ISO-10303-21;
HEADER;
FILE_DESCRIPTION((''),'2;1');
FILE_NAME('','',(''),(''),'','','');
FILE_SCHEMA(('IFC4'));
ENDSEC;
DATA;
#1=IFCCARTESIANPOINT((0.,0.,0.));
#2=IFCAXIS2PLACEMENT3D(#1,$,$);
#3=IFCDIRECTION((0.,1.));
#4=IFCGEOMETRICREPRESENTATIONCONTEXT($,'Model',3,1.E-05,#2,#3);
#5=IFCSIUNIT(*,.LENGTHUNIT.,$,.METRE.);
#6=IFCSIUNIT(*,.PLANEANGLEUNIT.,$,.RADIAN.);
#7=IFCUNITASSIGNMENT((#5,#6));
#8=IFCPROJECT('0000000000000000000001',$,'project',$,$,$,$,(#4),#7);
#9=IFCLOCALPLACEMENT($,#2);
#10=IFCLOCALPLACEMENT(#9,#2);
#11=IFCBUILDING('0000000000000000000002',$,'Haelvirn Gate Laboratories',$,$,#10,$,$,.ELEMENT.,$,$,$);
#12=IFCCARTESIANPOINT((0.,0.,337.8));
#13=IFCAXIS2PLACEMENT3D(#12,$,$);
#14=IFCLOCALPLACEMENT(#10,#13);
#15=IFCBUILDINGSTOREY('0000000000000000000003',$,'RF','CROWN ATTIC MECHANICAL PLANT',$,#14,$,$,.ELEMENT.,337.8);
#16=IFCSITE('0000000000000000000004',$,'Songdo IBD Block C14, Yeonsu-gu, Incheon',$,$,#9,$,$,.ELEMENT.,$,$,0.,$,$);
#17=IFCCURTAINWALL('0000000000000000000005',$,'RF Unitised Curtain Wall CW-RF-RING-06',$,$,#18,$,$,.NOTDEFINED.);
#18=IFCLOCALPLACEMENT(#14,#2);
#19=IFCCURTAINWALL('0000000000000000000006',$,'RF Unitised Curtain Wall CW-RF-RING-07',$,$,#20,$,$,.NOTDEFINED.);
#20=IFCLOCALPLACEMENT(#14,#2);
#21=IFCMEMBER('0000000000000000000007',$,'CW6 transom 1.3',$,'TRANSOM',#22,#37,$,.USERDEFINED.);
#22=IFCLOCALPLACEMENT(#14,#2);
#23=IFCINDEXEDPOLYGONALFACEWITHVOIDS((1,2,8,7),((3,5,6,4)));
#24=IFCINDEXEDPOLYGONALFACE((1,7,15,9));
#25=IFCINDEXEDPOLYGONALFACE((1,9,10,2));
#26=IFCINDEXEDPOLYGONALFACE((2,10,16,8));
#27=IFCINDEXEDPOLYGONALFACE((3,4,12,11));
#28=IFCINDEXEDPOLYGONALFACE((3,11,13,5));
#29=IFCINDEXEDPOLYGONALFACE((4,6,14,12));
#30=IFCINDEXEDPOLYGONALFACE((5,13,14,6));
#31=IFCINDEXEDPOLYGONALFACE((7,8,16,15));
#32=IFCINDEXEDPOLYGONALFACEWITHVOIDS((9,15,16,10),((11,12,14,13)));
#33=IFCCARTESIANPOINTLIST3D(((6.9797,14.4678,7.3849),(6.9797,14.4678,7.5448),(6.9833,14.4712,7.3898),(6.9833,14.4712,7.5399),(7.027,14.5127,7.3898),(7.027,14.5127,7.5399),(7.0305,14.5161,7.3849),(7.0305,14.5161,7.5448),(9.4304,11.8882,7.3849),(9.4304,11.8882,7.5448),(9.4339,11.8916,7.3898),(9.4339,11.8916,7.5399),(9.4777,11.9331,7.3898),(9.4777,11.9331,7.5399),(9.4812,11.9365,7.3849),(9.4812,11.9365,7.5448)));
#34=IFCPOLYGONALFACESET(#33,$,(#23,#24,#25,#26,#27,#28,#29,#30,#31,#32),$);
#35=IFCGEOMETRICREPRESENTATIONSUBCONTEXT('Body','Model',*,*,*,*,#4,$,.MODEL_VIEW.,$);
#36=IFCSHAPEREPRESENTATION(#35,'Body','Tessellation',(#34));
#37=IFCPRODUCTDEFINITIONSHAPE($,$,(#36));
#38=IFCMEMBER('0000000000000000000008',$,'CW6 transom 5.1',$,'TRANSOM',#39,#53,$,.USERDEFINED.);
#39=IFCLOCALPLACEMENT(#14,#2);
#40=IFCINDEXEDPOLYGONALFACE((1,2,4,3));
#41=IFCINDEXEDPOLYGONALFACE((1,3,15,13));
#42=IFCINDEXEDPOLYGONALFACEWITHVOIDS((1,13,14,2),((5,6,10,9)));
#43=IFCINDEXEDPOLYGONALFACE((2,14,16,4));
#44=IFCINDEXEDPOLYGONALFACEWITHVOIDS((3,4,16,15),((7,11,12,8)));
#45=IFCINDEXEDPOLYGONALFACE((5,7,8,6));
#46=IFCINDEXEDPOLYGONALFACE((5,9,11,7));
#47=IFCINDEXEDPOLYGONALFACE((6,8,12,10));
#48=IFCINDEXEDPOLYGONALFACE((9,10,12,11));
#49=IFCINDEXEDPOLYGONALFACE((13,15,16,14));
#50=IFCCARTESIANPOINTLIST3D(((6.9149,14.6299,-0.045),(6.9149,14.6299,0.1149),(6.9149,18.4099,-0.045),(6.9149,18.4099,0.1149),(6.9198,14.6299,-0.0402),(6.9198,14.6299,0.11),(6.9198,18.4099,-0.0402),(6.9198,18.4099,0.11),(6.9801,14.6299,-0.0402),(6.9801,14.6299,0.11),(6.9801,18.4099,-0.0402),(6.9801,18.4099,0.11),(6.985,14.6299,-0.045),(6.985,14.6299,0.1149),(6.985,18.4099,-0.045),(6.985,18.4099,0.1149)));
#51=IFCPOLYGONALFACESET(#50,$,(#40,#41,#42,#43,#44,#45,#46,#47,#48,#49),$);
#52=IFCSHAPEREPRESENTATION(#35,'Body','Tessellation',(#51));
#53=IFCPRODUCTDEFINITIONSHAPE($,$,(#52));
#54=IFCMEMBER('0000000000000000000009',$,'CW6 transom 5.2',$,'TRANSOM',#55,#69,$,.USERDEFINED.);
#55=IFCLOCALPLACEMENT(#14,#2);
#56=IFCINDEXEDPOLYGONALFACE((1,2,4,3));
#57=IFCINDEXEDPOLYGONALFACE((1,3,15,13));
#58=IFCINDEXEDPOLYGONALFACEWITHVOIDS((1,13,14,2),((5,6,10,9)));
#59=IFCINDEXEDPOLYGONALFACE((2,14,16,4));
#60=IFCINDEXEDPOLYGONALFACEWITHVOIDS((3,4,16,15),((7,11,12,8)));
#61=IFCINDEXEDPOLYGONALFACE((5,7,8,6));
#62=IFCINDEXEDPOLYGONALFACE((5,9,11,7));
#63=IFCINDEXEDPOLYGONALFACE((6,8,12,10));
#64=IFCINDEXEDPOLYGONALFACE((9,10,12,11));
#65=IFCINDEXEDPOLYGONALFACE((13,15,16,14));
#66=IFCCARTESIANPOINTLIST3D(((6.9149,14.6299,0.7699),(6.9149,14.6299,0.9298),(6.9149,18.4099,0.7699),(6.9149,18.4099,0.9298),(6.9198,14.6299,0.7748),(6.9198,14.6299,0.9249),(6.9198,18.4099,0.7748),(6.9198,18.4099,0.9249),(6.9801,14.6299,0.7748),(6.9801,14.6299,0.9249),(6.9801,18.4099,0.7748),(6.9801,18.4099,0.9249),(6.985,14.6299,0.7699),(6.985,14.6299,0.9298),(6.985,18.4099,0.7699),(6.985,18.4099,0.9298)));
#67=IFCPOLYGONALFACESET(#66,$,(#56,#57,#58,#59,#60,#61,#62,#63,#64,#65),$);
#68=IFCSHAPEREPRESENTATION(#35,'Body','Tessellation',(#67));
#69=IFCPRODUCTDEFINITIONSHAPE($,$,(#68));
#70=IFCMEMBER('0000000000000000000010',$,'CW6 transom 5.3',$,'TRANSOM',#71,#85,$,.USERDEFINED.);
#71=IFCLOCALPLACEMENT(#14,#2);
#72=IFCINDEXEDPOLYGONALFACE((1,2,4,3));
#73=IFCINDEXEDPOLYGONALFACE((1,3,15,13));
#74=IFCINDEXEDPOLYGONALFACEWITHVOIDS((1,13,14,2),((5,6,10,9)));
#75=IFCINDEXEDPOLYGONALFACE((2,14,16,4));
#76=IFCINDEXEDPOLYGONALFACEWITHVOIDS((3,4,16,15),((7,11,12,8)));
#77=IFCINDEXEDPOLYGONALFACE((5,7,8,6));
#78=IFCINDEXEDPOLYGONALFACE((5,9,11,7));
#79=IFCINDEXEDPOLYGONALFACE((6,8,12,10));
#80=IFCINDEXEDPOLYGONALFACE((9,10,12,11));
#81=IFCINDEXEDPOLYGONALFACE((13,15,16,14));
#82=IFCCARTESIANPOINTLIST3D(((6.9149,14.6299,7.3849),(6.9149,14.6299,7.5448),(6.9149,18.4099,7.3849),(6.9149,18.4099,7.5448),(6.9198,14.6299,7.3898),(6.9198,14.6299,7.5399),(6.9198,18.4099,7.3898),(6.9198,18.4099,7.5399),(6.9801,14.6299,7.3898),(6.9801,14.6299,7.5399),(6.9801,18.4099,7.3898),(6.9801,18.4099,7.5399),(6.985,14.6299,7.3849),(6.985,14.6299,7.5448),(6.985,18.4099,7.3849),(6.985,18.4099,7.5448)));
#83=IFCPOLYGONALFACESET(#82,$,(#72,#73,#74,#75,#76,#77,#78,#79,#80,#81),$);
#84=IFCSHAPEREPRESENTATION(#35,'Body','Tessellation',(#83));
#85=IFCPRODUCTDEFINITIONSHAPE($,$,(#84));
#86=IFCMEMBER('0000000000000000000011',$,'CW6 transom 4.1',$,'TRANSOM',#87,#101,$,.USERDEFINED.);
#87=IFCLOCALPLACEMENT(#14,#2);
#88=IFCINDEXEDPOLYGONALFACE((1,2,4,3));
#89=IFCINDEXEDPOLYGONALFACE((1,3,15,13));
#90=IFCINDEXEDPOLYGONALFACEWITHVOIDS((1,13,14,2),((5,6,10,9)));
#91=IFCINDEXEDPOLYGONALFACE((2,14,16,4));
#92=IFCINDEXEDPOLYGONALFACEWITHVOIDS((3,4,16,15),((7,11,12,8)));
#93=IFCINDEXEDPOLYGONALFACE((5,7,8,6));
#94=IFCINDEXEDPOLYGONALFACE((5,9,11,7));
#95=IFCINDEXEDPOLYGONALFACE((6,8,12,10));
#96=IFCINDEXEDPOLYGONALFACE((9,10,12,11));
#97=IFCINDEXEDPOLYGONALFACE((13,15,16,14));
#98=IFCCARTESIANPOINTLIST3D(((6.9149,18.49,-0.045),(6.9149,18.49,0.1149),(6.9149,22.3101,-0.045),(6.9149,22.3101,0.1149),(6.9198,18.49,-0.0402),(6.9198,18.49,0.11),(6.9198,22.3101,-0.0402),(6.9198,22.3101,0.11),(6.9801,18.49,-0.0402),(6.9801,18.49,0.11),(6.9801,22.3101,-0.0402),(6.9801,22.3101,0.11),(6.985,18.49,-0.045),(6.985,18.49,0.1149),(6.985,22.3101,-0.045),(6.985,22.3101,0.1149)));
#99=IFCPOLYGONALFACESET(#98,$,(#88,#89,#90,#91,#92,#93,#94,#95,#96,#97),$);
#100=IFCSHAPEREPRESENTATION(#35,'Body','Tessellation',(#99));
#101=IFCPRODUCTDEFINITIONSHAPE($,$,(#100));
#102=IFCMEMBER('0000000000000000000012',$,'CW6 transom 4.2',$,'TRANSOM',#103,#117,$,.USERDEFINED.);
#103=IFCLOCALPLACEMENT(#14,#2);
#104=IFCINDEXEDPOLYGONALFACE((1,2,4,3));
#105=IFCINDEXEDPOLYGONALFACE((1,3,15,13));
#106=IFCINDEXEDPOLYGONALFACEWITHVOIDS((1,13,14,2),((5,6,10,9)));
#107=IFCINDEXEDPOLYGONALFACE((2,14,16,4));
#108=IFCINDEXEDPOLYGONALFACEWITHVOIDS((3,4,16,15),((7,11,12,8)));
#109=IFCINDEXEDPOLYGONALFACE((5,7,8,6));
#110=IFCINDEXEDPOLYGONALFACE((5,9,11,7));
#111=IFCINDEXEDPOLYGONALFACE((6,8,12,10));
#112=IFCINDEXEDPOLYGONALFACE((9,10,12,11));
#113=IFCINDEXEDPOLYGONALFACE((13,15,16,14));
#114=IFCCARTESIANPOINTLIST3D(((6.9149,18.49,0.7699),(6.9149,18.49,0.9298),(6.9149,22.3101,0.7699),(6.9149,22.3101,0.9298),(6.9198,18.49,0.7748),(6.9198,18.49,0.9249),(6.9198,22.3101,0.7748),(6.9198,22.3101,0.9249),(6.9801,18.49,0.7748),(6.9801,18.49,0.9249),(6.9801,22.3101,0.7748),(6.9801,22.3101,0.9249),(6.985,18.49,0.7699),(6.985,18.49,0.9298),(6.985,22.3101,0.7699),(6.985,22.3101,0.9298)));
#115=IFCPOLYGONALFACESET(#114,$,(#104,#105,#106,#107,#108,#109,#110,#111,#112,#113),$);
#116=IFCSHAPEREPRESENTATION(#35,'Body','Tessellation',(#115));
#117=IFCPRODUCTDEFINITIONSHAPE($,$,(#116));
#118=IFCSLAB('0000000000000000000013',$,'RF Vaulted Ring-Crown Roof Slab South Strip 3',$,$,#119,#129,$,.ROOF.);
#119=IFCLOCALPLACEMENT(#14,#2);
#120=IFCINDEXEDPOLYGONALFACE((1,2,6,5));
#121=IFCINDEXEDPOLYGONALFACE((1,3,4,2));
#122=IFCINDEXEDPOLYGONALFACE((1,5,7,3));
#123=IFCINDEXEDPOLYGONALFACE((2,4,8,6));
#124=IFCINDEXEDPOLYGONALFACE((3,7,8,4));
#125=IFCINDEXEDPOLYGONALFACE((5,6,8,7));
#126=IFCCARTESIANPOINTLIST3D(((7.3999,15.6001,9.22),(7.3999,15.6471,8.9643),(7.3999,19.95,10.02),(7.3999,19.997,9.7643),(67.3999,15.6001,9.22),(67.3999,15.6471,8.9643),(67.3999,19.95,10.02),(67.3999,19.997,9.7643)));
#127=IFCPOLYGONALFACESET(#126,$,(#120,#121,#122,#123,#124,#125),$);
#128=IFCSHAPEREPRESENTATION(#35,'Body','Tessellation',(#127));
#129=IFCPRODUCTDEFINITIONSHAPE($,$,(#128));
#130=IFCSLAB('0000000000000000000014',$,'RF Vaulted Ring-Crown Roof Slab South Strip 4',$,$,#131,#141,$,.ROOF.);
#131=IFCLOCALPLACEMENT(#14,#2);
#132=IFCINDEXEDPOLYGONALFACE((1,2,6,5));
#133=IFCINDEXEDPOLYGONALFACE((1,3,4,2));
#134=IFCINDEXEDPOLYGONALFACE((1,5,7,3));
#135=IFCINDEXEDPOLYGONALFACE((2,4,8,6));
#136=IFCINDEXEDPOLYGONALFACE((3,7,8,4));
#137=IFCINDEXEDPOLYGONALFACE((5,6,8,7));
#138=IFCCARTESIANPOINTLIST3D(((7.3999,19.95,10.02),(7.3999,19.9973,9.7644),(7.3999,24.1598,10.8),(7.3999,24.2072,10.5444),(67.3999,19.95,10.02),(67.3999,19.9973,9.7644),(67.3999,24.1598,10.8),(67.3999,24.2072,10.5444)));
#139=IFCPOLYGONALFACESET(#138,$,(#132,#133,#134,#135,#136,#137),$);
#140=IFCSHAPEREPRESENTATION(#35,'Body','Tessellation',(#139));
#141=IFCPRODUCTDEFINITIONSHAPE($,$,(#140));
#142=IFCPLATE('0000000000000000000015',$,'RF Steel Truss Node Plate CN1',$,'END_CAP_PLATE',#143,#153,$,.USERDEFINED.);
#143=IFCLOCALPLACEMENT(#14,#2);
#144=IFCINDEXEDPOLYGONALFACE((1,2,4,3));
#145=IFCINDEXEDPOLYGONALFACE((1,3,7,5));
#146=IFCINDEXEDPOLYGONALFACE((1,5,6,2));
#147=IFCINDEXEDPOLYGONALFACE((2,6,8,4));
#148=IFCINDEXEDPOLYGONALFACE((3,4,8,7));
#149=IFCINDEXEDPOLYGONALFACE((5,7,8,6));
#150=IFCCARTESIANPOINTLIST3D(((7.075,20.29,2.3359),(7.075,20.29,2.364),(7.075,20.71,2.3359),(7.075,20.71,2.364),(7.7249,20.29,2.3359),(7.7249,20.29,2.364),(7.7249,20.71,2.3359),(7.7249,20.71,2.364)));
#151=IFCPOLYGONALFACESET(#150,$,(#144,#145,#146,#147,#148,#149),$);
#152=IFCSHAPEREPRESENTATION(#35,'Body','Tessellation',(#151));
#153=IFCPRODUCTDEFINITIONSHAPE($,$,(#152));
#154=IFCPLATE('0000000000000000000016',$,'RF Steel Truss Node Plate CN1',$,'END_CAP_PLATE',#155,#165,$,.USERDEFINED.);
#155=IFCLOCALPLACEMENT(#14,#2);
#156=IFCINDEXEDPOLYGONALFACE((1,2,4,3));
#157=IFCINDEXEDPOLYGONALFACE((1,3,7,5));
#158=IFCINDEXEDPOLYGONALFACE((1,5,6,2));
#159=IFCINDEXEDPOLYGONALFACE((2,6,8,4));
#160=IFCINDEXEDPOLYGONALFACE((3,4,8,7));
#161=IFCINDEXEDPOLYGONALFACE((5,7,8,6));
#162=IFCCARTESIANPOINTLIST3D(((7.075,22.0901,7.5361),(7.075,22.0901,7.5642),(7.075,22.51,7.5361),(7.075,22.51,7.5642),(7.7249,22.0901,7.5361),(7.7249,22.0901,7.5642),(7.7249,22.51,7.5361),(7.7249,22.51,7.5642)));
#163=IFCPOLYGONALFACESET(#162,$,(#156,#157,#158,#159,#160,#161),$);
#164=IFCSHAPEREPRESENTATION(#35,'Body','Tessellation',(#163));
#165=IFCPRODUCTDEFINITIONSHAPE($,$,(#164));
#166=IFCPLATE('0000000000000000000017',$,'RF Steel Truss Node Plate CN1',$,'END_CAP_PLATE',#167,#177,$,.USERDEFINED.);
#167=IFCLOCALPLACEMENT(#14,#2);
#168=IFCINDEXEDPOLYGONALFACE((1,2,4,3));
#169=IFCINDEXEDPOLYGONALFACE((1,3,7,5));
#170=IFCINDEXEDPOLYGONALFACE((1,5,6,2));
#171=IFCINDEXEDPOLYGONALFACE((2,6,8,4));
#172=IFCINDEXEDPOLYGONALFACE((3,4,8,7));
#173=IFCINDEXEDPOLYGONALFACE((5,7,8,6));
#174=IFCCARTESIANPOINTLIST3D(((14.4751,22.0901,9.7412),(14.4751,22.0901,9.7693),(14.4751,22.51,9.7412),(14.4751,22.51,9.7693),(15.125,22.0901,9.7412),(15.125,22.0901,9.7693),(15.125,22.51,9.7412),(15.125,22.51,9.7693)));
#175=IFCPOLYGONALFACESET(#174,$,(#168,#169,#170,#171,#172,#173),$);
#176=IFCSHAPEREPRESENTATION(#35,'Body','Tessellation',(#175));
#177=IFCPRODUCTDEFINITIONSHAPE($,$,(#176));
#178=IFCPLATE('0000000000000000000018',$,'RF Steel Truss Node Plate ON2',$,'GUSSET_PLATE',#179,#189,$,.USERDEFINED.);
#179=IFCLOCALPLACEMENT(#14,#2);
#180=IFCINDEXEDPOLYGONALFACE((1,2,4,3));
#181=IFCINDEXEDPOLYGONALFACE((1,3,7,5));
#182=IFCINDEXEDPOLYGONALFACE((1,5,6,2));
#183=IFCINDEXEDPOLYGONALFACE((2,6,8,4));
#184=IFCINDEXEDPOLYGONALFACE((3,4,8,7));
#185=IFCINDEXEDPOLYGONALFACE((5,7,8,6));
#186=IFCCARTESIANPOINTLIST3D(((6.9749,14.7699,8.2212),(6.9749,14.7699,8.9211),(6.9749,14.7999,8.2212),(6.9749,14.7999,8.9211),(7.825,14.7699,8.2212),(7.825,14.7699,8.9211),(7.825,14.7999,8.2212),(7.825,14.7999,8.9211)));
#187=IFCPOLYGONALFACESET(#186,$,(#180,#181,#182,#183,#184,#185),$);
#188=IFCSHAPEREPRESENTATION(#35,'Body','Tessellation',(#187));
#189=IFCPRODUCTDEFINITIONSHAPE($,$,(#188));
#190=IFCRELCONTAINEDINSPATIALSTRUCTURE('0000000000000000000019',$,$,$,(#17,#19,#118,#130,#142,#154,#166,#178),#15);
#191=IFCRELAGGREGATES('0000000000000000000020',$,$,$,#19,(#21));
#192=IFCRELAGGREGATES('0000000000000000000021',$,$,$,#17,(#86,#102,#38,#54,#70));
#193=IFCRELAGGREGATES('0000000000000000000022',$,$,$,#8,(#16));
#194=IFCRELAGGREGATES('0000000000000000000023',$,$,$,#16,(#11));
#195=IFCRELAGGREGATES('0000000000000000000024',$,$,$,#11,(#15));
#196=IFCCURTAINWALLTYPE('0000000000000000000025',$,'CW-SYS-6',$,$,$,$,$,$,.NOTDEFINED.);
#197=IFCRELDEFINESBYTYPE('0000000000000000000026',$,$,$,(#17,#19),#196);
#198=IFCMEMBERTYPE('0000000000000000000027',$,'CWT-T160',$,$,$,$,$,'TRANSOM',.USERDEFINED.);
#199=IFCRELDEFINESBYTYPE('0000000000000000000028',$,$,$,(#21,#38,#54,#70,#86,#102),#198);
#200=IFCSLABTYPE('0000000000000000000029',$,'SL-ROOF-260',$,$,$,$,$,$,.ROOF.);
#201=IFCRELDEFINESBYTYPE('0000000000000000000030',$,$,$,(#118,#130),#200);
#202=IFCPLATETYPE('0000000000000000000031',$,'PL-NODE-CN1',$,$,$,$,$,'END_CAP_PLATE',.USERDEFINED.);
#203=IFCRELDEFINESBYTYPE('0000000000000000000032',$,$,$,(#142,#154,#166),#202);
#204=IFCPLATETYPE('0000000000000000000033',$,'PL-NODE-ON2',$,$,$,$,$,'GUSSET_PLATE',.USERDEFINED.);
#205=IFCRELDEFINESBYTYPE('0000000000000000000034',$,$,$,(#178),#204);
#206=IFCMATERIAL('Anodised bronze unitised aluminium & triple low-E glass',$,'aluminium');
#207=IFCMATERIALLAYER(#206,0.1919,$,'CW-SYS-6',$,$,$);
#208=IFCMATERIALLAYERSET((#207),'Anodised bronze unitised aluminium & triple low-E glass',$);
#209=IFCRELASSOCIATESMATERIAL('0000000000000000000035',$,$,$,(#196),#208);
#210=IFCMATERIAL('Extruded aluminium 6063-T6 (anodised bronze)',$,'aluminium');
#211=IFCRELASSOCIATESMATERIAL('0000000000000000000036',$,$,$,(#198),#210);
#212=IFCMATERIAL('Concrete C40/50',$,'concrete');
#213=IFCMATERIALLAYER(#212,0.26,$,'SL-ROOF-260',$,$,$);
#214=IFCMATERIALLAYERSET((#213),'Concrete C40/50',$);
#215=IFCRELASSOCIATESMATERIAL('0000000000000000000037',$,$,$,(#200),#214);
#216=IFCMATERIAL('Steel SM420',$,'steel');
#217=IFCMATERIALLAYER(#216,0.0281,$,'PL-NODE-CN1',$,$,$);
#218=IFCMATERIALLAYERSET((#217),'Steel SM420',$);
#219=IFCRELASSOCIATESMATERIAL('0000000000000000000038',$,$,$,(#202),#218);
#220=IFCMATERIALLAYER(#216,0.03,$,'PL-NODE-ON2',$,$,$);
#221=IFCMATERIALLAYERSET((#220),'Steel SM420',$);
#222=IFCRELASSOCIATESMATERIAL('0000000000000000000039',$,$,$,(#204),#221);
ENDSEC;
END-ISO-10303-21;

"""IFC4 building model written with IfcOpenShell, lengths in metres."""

from ifc_helpers import new_model, si_unit, direction, frame, origin, origin_2d, place, context, subcontext, project, spatial, polyline, rectangle, hollow_rectangle, outline, extrude, source, transform, mapped, material, layer, layer_set, material_profile, profile_set, type_object, type_shapes, element, aggregate, save


model = new_model("IFC4")

# Units and contexts
model_context = context("Model", 3, precision=1e-05, world=origin(), true_north=direction((0.0, 1.0)))
body_context = subcontext(model_context, "Body", "Model", "MODEL_VIEW")
ifc_project = project(units=[si_unit("LENGTHUNIT", "METRE"), si_unit("PLANEANGLEUNIT", "RADIAN")], contexts=[model_context])

# Site, building, storey
site_placement = place(None, origin())
site = spatial("IfcSite", under=ifc_project, at=site_placement, Name="Songdo IBD Block C14, Yeonsu-gu, Incheon", CompositionType="ELEMENT", RefElevation=0.0)
building_placement = place(site_placement, origin())
building = spatial("IfcBuilding", under=site, at=building_placement, Name="Haelvirn Gate Laboratories", CompositionType="ELEMENT")
storey_placement = place(building_placement, frame((0.0, 0.0, 337.8)))
storey = spatial("IfcBuildingStorey", under=building, at=storey_placement, Name="RF", Description="CROWN ATTIC MECHANICAL PLANT", CompositionType="ELEMENT", Elevation=337.8)

# Shared definitions
ifc_material_1 = material(Name="Steel SM420", Category="steel")

# Curtain walls, member
ifc_material_2 = material(Name="Anodised bronze unitised aluminium & triple low-E glass", Category="aluminium")
ifc_layer_1 = layer(ifc_material_2, 0.1919, Name="CW-SYS-6")
ifc_layer_set_1 = layer_set([ifc_layer_1], Name="Anodised bronze unitised aluminium & triple low-E glass")
curtain_wall_type = type_object("IfcCurtainWallType", Name="CW-SYS-6", PredefinedType="NOTDEFINED", material=ifc_layer_set_1)
curtain_wall_1_placement = place(storey_placement, origin())
curtain_wall_1 = element("IfcCurtainWall", 1, at=curtain_wall_1_placement, inside=storey, type_object=curtain_wall_type, Name="RF Unitised Curtain Wall CW-RF-RING-06", PredefinedType="NOTDEFINED")
ifc_material_3 = material(Name="Extruded aluminium 6063-T6 (anodised bronze)", Category="aluminium")
curtain_wall_2_placement = place(storey_placement, origin())
curtain_wall_2 = element("IfcCurtainWall", 2, at=curtain_wall_2_placement, inside=storey, type_object=curtain_wall_type, Name="RF Unitised Curtain Wall CW-RF-RING-07", PredefinedType="NOTDEFINED")
ifc_material_profile_1 = material_profile(ifc_material_3, hollow_rectangle(XDim=0.0701, YDim=0.1599, WallThickness=0.0049, at=origin_2d()), Name="CWT-160x70x5")
ifc_profile_set_1 = profile_set([ifc_material_profile_1], Name="Extruded aluminium 6063-T6 (anodised bronze)")
member_type_1 = type_object("IfcMemberType", Name="CWT-T160", ElementType="TRANSOM", PredefinedType="USERDEFINED", material=ifc_profile_set_1)
shared_shape_1 = source(origin(), body_context, "Body", "SweptSolid", [
    extrude(hollow_rectangle(XDim=0.0701, YDim=0.1599, WallThickness=0.0049, at=origin_2d()), origin(), (0.0, 0.0, 1.0), 3.5581),
])
member_1_placement = place(storey_placement, frame((7.0051, 14.4919, 7.4648), z_axis=(0.68876, -0.724989, 0.0), x_axis=(0.724989, 0.68876, 0.0)))
member_1 = element("IfcMember", 3, at=member_1_placement, type_object=member_type_1, Name="CW6 transom 1.3", ObjectType="TRANSOM", PredefinedType="USERDEFINED", context=body_context, shape_type="MappedRepresentation", body=[
    mapped(shared_shape_1, transform((0.0, 0.0, 0.0), scale=1.0)),
])
aggregate(curtain_wall_2, [member_1])

# Members
shared_shape_2 = source(origin(), body_context, "Body", "SweptSolid", [
    extrude(hollow_rectangle(XDim=0.0701, YDim=0.1599, WallThickness=0.0049, at=origin_2d()), origin(), (0.0, 0.0, 1.0), 3.78),
])
member_2_placement = place(storey_placement, frame((6.95, 18.4099, 0.0349), z_axis=(0.0, -1.0, 0.0), x_axis=(1.0, 0.0, 0.0)))
member_2 = element("IfcMember", 4, at=member_2_placement, type_object=member_type_1, Name="CW6 transom 5.1", ObjectType="TRANSOM", PredefinedType="USERDEFINED", context=body_context, shape_type="MappedRepresentation", body=[
    mapped(shared_shape_2, transform((0.0, 0.0, 0.0), scale=1.0)),
])
member_3_placement = place(storey_placement, frame((6.95, 18.4099, 0.8499), z_axis=(0.0, -1.0, 0.0), x_axis=(1.0, 0.0, 0.0)))
member_3 = element("IfcMember", 5, at=member_3_placement, type_object=member_type_1, Name="CW6 transom 5.2", ObjectType="TRANSOM", PredefinedType="USERDEFINED", context=body_context, shape_type="MappedRepresentation", body=[
    mapped(shared_shape_2, transform((0.0, 0.0, 0.0), scale=1.0)),
])
member_4_placement = place(storey_placement, frame((6.95, 18.4099, 7.4648), z_axis=(0.0, -1.0, 0.0), x_axis=(1.0, 0.0, 0.0)))
member_4 = element("IfcMember", 6, at=member_4_placement, type_object=member_type_1, Name="CW6 transom 5.3", ObjectType="TRANSOM", PredefinedType="USERDEFINED", context=body_context, shape_type="MappedRepresentation", body=[
    mapped(shared_shape_2, transform((0.0, 0.0, 0.0), scale=1.0)),
])
shared_shape_3 = source(origin(), body_context, "Body", "SweptSolid", [
    extrude(hollow_rectangle(XDim=0.0701, YDim=0.1599, WallThickness=0.0049, at=origin_2d()), origin(), (0.0, 0.0, 1.0), 3.8201),
])
type_shapes(member_type_1, [shared_shape_1, shared_shape_2, shared_shape_3])
member_5_placement = place(storey_placement, frame((6.95, 22.3101, 0.0349), z_axis=(0.0, -1.0, 0.0), x_axis=(1.0, 0.0, 0.0)))
member_5 = element("IfcMember", 7, at=member_5_placement, type_object=member_type_1, Name="CW6 transom 4.1", ObjectType="TRANSOM", PredefinedType="USERDEFINED", context=body_context, shape_type="MappedRepresentation", body=[
    mapped(shared_shape_3, transform((0.0, 0.0, 0.0), scale=1.0)),
])
member_6_placement = place(storey_placement, frame((6.95, 22.3101, 0.8499), z_axis=(0.0, -1.0, 0.0), x_axis=(1.0, 0.0, 0.0)))
member_6 = element("IfcMember", 8, at=member_6_placement, type_object=member_type_1, Name="CW6 transom 4.2", ObjectType="TRANSOM", PredefinedType="USERDEFINED", context=body_context, shape_type="MappedRepresentation", body=[
    mapped(shared_shape_3, transform((0.0, 0.0, 0.0), scale=1.0)),
])

# Slabs
ifc_material_4 = material(Name="Concrete C40/50", Category="concrete")
ifc_layer_2 = layer(ifc_material_4, 0.26, Name="SL-ROOF-260")
ifc_layer_set_2 = layer_set([ifc_layer_2], Name="Concrete C40/50")
slab_type = type_object("IfcSlabType", Name="SL-ROOF-260", PredefinedType="ROOF", material=ifc_layer_set_2)
slab_1_placement = place(storey_placement, frame((7.3999, 15.6001, 9.22), z_axis=(0.0, -0.180891, 0.983503), x_axis=(1.0, 0.0, 0.0)))
element("IfcSlab", 9, at=slab_1_placement, inside=storey, type_object=slab_type, Name="RF Vaulted Ring-Crown Roof Slab South Strip 3", PredefinedType="ROOF", context=body_context, shape_type="SweptSolid", body=[
    extrude(outline(polyline([(0.0, 0.0), (60.0, 0.0), (60.0, 4.4229), (0.0, 4.4229), (0.0, 0.0)])), origin(), (0.0, 0.0, -1.0), 0.26),
])
slab_2_placement = place(storey_placement, frame((7.3999, 19.95, 10.02), z_axis=(0.0, -0.182181, 0.983265), x_axis=(1.0, 0.0, 0.0)))
element("IfcSlab", 10, at=slab_2_placement, inside=storey, type_object=slab_type, Name="RF Vaulted Ring-Crown Roof Slab South Strip 4", PredefinedType="ROOF", context=body_context, shape_type="SweptSolid", body=[
    extrude(outline(polyline([(0.0, 0.0), (60.0, 0.0), (60.0, 4.2815), (0.0, 4.2815), (0.0, 0.0)])), origin(), (0.0, 0.0, -1.0), 0.26),
])

# Plates
ifc_layer_3 = layer(ifc_material_1, 0.0281, Name="PL-NODE-CN1")
ifc_layer_set_3 = layer_set([ifc_layer_3], Name="Steel SM420")
plate_type_1 = type_object("IfcPlateType", Name="PL-NODE-CN1", ElementType="END_CAP_PLATE", PredefinedType="USERDEFINED", material=ifc_layer_set_3)
shared_shape_4 = source(origin(), body_context, "Body", "SweptSolid", [
    extrude(rectangle(XDim=0.6499, YDim=0.4199, at=origin_2d()), origin(), (0.0, 0.0, 1.0), 0.0281),
])
type_shapes(plate_type_1, [shared_shape_4])
for number, where, z_axis, x_axis, name in (
    (11, (7.3999, 20.5, 2.3359), (0.0, 0.0, 1.0), (1.0, 0.0, 0.0), "RF Steel Truss Node Plate CN1"),
    (12, (7.3999, 22.3, 7.5361), (0.0, 0.0, 1.0), (1.0, 0.0, 0.0), "RF Steel Truss Node Plate CN1"),
    (13, (14.8, 22.3, 9.7412), (0.0, 0.0, 1.0), (1.0, 0.0, 0.0), "RF Steel Truss Node Plate CN1"),
):
    element("IfcPlate", number, at=place(storey_placement, frame(where, z_axis=z_axis, x_axis=x_axis)), inside=storey, type_object=plate_type_1, Name=name, ObjectType="END_CAP_PLATE", PredefinedType="USERDEFINED", context=body_context, shape_type="MappedRepresentation", body=[
        mapped(shared_shape_4, transform((0.0, 0.0, 0.0), scale=1.0)),
    ])
ifc_layer_4 = layer(ifc_material_1, 0.03, Name="PL-NODE-ON2")
ifc_layer_set_4 = layer_set([ifc_layer_4], Name="Steel SM420")
plate_type_2 = type_object("IfcPlateType", Name="PL-NODE-ON2", ElementType="GUSSET_PLATE", PredefinedType="USERDEFINED", material=ifc_layer_set_4)
shared_shape_5 = source(origin(), body_context, "Body", "SweptSolid", [
    extrude(rectangle(XDim=0.8501, YDim=0.03, at=origin_2d()), origin(), (0.0, 0.0, 1.0), 0.7),
])
type_shapes(plate_type_2, [shared_shape_5])
plate_1_placement = place(storey_placement, frame((7.3999, 14.7849, 8.2212), z_axis=(0.0, 0.0, 1.0), x_axis=(1.0, 0.0, 0.0)))
element("IfcPlate", 14, at=plate_1_placement, inside=storey, type_object=plate_type_2, Name="RF Steel Truss Node Plate ON2", ObjectType="GUSSET_PLATE", PredefinedType="USERDEFINED", context=body_context, shape_type="MappedRepresentation", body=[
    mapped(shared_shape_5, transform((0.0, 0.0, 0.0), scale=1.0)),
])

aggregate(curtain_wall_1, [member_5, member_6, member_2, member_3, member_4])

save(model, "model.ifc")
